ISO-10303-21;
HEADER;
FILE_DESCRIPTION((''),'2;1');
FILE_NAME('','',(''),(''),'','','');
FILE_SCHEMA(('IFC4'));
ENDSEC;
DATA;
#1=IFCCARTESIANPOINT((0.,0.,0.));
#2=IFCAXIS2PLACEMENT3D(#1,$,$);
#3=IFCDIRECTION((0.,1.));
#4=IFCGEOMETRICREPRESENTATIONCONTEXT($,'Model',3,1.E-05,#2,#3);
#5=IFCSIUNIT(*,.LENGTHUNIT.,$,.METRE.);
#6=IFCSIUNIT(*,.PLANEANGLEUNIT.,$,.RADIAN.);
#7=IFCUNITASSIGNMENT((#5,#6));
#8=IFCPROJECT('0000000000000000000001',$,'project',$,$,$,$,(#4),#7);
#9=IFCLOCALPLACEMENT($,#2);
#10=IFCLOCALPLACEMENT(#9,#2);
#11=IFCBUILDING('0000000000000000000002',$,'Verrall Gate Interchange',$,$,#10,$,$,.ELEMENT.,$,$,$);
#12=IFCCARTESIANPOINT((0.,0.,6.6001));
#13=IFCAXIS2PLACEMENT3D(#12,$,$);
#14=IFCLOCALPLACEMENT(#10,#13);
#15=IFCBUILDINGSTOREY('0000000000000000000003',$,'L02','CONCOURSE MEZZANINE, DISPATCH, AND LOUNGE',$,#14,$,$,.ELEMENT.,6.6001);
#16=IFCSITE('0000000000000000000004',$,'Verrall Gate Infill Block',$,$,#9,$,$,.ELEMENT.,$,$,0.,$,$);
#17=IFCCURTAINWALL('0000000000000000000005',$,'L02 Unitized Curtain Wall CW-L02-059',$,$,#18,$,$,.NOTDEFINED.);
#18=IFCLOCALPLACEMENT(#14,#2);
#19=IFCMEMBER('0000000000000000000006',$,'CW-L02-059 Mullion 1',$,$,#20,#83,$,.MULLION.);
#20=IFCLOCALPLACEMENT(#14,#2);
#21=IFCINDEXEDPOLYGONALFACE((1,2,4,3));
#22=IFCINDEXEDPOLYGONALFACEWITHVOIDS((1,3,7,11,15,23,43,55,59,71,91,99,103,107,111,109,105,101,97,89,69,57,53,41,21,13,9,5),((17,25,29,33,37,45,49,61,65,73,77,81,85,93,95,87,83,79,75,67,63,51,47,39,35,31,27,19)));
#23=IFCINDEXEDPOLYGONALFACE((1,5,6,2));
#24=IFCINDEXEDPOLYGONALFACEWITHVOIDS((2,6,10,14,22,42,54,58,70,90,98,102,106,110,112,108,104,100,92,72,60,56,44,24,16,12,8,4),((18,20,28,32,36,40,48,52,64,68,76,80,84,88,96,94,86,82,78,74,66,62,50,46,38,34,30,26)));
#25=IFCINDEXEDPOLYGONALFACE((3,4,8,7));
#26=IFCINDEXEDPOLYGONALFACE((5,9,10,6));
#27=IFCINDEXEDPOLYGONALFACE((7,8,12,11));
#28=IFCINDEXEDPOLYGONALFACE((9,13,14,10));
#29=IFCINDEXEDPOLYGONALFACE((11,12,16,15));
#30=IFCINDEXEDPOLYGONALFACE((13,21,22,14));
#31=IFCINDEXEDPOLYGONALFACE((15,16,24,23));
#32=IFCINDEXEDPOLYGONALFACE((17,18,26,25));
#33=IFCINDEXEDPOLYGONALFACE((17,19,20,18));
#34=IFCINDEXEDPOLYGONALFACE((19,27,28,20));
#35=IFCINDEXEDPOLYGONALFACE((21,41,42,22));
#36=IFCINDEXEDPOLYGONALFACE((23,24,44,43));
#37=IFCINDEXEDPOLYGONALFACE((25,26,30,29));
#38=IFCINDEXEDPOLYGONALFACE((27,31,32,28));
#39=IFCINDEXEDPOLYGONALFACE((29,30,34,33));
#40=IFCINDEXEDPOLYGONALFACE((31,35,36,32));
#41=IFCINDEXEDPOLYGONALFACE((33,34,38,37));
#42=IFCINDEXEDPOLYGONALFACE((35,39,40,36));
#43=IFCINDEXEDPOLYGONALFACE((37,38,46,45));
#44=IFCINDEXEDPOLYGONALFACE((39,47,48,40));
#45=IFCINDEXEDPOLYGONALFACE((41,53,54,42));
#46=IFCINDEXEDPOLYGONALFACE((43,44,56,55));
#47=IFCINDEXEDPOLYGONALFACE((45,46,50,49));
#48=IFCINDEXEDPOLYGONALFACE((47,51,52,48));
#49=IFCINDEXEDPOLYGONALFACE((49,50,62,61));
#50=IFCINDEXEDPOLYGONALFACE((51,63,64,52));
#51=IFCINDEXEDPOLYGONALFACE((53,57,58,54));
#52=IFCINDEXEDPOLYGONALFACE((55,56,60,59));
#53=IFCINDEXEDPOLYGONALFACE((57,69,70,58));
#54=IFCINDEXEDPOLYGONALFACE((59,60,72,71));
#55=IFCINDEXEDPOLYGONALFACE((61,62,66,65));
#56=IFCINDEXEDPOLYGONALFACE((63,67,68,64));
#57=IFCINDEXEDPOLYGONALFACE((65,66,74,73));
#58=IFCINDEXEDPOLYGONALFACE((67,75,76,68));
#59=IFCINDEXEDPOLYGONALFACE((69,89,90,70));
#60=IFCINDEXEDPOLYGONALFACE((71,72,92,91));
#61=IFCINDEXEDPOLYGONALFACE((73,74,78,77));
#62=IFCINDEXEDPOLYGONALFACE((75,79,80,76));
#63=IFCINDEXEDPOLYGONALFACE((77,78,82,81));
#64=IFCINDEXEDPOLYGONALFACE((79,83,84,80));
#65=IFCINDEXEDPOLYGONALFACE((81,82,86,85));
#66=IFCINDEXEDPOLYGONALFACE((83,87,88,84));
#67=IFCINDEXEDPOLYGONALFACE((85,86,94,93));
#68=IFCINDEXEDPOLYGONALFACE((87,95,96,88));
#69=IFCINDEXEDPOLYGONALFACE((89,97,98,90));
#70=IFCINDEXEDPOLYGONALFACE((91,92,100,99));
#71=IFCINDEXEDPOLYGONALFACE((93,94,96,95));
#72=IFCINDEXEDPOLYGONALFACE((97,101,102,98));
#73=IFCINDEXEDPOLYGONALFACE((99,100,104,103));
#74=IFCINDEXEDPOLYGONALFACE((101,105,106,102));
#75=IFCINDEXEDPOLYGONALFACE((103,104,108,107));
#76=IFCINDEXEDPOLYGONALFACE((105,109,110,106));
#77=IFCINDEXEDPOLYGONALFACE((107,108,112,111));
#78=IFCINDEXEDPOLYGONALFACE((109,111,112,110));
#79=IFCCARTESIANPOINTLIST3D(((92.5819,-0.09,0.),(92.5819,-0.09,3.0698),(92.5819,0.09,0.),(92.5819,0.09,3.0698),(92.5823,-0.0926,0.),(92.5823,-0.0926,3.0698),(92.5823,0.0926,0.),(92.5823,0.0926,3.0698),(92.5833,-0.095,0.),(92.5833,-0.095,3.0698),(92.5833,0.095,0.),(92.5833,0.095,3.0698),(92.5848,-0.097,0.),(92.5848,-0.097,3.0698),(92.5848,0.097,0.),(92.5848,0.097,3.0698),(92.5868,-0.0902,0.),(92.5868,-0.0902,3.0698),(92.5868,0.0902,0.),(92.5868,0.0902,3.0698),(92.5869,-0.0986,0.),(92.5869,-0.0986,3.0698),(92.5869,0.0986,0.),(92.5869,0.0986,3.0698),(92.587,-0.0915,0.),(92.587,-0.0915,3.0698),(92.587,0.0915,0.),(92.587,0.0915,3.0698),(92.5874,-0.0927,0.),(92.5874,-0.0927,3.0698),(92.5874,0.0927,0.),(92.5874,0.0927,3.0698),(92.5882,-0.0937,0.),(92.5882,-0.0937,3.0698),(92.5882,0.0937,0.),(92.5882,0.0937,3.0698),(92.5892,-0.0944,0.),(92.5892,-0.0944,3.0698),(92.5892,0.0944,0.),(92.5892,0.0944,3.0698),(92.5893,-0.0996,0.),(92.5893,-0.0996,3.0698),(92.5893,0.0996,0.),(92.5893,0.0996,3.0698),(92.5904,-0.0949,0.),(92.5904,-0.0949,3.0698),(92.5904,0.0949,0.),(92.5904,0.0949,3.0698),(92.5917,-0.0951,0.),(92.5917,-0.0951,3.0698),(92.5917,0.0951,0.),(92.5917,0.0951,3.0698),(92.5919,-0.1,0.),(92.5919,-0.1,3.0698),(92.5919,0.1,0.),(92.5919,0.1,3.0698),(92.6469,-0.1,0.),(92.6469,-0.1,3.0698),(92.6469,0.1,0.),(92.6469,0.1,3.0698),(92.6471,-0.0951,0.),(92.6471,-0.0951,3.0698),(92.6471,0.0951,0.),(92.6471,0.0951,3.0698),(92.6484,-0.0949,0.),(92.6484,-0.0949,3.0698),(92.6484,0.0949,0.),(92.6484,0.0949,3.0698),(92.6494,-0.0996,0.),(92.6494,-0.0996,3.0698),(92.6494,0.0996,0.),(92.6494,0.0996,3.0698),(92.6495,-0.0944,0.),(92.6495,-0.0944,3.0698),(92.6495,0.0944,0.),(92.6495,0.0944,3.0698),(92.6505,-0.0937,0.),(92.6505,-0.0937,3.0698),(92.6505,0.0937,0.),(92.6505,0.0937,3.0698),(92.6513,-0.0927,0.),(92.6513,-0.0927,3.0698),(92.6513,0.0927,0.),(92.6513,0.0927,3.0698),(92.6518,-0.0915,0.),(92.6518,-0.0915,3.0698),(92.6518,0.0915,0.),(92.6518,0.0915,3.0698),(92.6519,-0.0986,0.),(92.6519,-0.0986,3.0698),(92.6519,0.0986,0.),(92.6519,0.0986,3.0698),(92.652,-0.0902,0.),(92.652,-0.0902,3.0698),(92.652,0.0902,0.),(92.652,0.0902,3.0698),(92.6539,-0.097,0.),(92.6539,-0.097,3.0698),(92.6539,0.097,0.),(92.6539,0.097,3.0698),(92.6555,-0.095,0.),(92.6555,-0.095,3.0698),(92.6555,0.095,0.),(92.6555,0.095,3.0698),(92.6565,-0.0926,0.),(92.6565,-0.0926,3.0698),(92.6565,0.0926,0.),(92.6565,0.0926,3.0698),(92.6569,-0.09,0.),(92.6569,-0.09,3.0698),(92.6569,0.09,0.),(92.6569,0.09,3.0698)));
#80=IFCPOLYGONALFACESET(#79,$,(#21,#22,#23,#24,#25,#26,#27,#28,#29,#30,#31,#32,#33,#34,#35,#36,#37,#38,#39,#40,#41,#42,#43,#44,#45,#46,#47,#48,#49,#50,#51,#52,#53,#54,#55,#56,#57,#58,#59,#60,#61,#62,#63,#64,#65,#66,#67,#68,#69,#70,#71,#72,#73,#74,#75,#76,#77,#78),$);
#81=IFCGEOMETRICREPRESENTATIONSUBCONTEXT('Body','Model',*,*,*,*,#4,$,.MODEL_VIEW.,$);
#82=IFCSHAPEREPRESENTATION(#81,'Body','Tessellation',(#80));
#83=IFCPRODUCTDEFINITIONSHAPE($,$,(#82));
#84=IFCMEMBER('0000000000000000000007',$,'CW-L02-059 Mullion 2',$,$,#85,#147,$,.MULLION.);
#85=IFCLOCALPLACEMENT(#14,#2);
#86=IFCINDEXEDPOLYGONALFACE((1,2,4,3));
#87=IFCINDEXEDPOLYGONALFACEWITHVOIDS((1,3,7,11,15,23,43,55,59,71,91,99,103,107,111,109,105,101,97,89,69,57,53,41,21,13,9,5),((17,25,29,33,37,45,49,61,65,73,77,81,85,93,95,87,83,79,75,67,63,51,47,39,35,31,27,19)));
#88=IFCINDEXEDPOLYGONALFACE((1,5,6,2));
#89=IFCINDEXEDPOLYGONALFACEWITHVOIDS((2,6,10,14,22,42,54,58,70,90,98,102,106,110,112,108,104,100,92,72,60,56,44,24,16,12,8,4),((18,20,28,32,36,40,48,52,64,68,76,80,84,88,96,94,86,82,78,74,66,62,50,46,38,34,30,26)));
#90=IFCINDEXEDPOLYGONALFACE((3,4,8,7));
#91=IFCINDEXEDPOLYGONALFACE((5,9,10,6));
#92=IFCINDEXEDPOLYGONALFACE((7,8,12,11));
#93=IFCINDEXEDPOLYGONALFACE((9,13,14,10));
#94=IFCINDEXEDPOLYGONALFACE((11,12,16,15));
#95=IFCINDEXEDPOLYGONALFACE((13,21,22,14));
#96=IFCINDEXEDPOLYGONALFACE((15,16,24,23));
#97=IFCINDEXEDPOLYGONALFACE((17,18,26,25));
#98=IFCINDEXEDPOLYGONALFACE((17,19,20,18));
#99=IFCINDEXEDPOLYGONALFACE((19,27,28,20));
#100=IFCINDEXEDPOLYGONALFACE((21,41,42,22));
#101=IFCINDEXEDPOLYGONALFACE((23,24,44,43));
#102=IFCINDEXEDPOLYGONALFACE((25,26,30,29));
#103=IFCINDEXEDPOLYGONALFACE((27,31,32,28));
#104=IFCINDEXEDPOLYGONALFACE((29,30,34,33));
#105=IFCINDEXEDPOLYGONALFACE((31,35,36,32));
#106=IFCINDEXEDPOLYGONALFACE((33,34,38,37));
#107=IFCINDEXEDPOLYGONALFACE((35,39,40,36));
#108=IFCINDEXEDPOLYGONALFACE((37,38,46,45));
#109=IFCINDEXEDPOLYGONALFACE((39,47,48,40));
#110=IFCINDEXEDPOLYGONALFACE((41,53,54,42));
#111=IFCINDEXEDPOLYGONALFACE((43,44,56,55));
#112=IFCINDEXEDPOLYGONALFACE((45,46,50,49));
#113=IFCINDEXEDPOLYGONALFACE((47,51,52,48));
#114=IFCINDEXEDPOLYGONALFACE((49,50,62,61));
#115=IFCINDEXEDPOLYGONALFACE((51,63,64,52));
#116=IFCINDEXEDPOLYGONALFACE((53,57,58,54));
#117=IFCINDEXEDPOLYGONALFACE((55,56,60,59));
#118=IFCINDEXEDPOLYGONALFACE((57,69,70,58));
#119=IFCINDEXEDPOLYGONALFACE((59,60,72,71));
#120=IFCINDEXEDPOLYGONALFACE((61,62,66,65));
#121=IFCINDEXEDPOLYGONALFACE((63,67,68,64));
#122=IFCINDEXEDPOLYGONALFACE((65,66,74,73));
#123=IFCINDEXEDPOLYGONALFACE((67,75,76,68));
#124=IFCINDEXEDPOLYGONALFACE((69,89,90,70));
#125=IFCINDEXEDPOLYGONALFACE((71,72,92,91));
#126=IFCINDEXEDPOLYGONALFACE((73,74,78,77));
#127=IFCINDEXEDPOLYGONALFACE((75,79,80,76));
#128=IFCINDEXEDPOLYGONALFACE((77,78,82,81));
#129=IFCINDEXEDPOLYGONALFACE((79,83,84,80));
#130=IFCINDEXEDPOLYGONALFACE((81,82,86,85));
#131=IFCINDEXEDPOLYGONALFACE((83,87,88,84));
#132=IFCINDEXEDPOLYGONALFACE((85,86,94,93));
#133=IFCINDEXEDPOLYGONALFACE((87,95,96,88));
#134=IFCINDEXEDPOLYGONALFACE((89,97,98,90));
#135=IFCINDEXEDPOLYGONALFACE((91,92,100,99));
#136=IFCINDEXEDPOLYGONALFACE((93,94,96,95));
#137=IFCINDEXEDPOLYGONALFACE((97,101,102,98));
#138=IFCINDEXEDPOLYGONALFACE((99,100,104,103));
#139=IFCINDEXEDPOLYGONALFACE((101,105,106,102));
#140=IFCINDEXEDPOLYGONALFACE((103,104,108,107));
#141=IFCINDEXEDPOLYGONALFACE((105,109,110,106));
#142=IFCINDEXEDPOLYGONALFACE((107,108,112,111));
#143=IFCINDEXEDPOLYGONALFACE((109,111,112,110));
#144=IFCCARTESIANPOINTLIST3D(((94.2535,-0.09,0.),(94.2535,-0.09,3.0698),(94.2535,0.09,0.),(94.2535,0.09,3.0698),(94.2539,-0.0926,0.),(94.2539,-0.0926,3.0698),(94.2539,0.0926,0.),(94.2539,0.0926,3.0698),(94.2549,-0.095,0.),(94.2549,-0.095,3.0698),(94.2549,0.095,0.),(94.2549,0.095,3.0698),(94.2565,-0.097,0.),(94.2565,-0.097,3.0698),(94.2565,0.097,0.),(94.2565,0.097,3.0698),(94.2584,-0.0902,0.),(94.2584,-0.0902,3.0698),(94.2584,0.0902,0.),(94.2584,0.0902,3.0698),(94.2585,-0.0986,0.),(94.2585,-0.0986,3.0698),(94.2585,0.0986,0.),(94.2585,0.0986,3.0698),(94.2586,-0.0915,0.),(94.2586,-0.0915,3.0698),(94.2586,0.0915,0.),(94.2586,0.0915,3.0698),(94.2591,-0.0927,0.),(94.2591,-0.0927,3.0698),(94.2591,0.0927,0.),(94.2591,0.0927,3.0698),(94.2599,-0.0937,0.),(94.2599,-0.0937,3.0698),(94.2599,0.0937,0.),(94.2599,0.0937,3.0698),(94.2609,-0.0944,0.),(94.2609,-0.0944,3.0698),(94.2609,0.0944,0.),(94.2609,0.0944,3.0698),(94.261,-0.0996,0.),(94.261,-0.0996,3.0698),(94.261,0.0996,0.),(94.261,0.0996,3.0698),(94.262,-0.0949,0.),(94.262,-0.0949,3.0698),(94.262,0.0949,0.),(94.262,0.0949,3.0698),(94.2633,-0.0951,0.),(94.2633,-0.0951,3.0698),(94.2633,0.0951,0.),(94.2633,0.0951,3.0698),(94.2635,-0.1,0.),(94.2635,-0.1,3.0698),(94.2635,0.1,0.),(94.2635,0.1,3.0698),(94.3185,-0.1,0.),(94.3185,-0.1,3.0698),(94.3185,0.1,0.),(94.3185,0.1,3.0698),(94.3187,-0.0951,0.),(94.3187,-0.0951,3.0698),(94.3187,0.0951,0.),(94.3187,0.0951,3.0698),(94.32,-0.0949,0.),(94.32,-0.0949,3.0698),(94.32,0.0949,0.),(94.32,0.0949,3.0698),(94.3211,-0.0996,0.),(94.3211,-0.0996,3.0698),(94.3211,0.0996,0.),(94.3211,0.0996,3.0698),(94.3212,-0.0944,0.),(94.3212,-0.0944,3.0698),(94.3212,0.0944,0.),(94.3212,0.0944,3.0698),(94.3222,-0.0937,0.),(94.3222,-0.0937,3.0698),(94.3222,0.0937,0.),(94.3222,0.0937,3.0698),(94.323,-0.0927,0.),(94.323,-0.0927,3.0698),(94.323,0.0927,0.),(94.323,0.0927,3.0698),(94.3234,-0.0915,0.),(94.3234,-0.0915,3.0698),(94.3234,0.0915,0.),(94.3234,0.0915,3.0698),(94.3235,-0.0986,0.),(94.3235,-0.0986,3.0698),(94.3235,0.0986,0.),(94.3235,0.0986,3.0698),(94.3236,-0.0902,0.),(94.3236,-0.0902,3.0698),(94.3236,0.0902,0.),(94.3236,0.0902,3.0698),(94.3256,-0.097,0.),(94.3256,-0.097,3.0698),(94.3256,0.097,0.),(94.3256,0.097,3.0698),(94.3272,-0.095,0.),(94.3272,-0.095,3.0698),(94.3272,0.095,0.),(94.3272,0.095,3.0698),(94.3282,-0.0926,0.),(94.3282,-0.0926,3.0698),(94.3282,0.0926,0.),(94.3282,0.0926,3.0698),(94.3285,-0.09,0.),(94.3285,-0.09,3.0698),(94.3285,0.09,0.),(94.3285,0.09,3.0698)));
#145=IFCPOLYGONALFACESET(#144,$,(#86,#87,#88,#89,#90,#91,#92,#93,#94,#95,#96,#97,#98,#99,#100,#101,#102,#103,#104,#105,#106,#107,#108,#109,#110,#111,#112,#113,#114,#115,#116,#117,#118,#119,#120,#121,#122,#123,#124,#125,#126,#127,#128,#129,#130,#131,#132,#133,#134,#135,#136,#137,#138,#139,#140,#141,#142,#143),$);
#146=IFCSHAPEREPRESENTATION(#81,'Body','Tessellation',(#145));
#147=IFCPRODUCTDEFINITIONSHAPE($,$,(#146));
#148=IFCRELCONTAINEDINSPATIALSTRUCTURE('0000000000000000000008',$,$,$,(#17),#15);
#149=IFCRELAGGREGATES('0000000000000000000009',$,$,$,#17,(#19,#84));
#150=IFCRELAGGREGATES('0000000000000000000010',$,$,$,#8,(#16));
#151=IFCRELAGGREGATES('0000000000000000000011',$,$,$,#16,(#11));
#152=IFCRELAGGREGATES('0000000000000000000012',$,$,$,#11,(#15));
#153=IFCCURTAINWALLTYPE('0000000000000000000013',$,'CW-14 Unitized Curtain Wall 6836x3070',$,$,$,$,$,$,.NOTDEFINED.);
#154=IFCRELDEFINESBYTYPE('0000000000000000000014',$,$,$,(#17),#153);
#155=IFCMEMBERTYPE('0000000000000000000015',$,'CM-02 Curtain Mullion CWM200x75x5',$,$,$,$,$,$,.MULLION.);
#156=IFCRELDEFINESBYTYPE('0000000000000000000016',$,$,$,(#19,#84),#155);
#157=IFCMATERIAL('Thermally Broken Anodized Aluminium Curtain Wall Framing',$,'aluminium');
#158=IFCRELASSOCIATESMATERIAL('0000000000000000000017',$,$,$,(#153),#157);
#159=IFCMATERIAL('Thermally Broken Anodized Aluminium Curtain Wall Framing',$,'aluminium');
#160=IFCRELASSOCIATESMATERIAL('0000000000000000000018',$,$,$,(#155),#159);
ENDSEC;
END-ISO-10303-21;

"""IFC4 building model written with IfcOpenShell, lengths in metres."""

from ifc_helpers import new_model, si_unit, direction, frame, origin, origin_2d, place, context, subcontext, project, spatial, hollow_rectangle, extrude, material, material_profile, profile_set, type_object, element, aggregate, save


model = new_model("IFC4")

# Units and contexts
model_context = context("Model", 3, precision=1e-05, world=origin(), true_north=direction((0.0, 1.0)))
body_context = subcontext(model_context, "Body", "Model", "MODEL_VIEW")
ifc_project = project(units=[si_unit("LENGTHUNIT", "METRE"), si_unit("PLANEANGLEUNIT", "RADIAN")], contexts=[model_context])

# Site, building, storey
site_placement = place(None, origin())
site = spatial("IfcSite", under=ifc_project, at=site_placement, Name="Verrall Gate Infill Block", CompositionType="ELEMENT", RefElevation=0.0)
building_placement = place(site_placement, origin())
building = spatial("IfcBuilding", under=site, at=building_placement, Name="Verrall Gate Interchange", CompositionType="ELEMENT")
storey_placement = place(building_placement, frame((0.0, 0.0, 6.6001)))
storey = spatial("IfcBuildingStorey", under=building, at=storey_placement, Name="L02", Description="CONCOURSE MEZZANINE, DISPATCH, AND LOUNGE", CompositionType="ELEMENT", Elevation=6.6001)

# Shared definitions
ifc_material_1 = material(Name="Thermally Broken Anodized Aluminium Curtain Wall Framing", Category="aluminium")
curtain_wall_type = type_object("IfcCurtainWallType", Name="CW-14 Unitized Curtain Wall 6836x3070", PredefinedType="NOTDEFINED", material=ifc_material_1)

# Curtain wall, members
curtain_wall_1_placement = place(storey_placement, origin())
curtain_wall_1 = element("IfcCurtainWall", 1, at=curtain_wall_1_placement, inside=storey, type_object=curtain_wall_type, Name="L02 Unitized Curtain Wall CW-L02-059", PredefinedType="NOTDEFINED")
ifc_material_2 = material(Name="Thermally Broken Anodized Aluminium Curtain Wall Framing", Category="aluminium")
ifc_material_profile_1 = material_profile(ifc_material_2, hollow_rectangle(XDim=0.075, YDim=0.2, WallThickness=0.0049, InnerFilletRadius=0.0049, OuterFilletRadius=0.01, at=origin_2d()), Name="CWM200x75x5")
ifc_profile_set_1 = profile_set([ifc_material_profile_1], Name="Thermally Broken Anodized Aluminium Curtain Wall Framing")
member_type_1 = type_object("IfcMemberType", Name="CM-02 Curtain Mullion CWM200x75x5", PredefinedType="MULLION", material=ifc_profile_set_1)
member_1_placement = place(storey_placement, frame((92.6194, 0.0, 0.0), z_axis=(0.0, 0.0, 1.0), x_axis=(1.0, 0.0, 0.0)))
member_1 = element("IfcMember", 2, at=member_1_placement, type_object=member_type_1, Name="CW-L02-059 Mullion 1", PredefinedType="MULLION", context=body_context, shape_type="SweptSolid", body=[
    extrude(hollow_rectangle(XDim=0.075, YDim=0.2, WallThickness=0.0049, InnerFilletRadius=0.0049, OuterFilletRadius=0.01, at=origin_2d()), origin(), (0.0, 0.0, 1.0), 3.0698),
])
member_2_placement = place(storey_placement, frame((94.291, 0.0, 0.0), z_axis=(0.0, 0.0, 1.0), x_axis=(1.0, 0.0, 0.0)))
member_2 = element("IfcMember", 3, at=member_2_placement, type_object=member_type_1, Name="CW-L02-059 Mullion 2", PredefinedType="MULLION", context=body_context, shape_type="SweptSolid", body=[
    extrude(hollow_rectangle(XDim=0.075, YDim=0.2, WallThickness=0.0049, InnerFilletRadius=0.0049, OuterFilletRadius=0.01, at=origin_2d()), origin(), (0.0, 0.0, 1.0), 3.0698),
])

aggregate(curtain_wall_1, [member_1, member_2])

save(model, "model.ifc")
